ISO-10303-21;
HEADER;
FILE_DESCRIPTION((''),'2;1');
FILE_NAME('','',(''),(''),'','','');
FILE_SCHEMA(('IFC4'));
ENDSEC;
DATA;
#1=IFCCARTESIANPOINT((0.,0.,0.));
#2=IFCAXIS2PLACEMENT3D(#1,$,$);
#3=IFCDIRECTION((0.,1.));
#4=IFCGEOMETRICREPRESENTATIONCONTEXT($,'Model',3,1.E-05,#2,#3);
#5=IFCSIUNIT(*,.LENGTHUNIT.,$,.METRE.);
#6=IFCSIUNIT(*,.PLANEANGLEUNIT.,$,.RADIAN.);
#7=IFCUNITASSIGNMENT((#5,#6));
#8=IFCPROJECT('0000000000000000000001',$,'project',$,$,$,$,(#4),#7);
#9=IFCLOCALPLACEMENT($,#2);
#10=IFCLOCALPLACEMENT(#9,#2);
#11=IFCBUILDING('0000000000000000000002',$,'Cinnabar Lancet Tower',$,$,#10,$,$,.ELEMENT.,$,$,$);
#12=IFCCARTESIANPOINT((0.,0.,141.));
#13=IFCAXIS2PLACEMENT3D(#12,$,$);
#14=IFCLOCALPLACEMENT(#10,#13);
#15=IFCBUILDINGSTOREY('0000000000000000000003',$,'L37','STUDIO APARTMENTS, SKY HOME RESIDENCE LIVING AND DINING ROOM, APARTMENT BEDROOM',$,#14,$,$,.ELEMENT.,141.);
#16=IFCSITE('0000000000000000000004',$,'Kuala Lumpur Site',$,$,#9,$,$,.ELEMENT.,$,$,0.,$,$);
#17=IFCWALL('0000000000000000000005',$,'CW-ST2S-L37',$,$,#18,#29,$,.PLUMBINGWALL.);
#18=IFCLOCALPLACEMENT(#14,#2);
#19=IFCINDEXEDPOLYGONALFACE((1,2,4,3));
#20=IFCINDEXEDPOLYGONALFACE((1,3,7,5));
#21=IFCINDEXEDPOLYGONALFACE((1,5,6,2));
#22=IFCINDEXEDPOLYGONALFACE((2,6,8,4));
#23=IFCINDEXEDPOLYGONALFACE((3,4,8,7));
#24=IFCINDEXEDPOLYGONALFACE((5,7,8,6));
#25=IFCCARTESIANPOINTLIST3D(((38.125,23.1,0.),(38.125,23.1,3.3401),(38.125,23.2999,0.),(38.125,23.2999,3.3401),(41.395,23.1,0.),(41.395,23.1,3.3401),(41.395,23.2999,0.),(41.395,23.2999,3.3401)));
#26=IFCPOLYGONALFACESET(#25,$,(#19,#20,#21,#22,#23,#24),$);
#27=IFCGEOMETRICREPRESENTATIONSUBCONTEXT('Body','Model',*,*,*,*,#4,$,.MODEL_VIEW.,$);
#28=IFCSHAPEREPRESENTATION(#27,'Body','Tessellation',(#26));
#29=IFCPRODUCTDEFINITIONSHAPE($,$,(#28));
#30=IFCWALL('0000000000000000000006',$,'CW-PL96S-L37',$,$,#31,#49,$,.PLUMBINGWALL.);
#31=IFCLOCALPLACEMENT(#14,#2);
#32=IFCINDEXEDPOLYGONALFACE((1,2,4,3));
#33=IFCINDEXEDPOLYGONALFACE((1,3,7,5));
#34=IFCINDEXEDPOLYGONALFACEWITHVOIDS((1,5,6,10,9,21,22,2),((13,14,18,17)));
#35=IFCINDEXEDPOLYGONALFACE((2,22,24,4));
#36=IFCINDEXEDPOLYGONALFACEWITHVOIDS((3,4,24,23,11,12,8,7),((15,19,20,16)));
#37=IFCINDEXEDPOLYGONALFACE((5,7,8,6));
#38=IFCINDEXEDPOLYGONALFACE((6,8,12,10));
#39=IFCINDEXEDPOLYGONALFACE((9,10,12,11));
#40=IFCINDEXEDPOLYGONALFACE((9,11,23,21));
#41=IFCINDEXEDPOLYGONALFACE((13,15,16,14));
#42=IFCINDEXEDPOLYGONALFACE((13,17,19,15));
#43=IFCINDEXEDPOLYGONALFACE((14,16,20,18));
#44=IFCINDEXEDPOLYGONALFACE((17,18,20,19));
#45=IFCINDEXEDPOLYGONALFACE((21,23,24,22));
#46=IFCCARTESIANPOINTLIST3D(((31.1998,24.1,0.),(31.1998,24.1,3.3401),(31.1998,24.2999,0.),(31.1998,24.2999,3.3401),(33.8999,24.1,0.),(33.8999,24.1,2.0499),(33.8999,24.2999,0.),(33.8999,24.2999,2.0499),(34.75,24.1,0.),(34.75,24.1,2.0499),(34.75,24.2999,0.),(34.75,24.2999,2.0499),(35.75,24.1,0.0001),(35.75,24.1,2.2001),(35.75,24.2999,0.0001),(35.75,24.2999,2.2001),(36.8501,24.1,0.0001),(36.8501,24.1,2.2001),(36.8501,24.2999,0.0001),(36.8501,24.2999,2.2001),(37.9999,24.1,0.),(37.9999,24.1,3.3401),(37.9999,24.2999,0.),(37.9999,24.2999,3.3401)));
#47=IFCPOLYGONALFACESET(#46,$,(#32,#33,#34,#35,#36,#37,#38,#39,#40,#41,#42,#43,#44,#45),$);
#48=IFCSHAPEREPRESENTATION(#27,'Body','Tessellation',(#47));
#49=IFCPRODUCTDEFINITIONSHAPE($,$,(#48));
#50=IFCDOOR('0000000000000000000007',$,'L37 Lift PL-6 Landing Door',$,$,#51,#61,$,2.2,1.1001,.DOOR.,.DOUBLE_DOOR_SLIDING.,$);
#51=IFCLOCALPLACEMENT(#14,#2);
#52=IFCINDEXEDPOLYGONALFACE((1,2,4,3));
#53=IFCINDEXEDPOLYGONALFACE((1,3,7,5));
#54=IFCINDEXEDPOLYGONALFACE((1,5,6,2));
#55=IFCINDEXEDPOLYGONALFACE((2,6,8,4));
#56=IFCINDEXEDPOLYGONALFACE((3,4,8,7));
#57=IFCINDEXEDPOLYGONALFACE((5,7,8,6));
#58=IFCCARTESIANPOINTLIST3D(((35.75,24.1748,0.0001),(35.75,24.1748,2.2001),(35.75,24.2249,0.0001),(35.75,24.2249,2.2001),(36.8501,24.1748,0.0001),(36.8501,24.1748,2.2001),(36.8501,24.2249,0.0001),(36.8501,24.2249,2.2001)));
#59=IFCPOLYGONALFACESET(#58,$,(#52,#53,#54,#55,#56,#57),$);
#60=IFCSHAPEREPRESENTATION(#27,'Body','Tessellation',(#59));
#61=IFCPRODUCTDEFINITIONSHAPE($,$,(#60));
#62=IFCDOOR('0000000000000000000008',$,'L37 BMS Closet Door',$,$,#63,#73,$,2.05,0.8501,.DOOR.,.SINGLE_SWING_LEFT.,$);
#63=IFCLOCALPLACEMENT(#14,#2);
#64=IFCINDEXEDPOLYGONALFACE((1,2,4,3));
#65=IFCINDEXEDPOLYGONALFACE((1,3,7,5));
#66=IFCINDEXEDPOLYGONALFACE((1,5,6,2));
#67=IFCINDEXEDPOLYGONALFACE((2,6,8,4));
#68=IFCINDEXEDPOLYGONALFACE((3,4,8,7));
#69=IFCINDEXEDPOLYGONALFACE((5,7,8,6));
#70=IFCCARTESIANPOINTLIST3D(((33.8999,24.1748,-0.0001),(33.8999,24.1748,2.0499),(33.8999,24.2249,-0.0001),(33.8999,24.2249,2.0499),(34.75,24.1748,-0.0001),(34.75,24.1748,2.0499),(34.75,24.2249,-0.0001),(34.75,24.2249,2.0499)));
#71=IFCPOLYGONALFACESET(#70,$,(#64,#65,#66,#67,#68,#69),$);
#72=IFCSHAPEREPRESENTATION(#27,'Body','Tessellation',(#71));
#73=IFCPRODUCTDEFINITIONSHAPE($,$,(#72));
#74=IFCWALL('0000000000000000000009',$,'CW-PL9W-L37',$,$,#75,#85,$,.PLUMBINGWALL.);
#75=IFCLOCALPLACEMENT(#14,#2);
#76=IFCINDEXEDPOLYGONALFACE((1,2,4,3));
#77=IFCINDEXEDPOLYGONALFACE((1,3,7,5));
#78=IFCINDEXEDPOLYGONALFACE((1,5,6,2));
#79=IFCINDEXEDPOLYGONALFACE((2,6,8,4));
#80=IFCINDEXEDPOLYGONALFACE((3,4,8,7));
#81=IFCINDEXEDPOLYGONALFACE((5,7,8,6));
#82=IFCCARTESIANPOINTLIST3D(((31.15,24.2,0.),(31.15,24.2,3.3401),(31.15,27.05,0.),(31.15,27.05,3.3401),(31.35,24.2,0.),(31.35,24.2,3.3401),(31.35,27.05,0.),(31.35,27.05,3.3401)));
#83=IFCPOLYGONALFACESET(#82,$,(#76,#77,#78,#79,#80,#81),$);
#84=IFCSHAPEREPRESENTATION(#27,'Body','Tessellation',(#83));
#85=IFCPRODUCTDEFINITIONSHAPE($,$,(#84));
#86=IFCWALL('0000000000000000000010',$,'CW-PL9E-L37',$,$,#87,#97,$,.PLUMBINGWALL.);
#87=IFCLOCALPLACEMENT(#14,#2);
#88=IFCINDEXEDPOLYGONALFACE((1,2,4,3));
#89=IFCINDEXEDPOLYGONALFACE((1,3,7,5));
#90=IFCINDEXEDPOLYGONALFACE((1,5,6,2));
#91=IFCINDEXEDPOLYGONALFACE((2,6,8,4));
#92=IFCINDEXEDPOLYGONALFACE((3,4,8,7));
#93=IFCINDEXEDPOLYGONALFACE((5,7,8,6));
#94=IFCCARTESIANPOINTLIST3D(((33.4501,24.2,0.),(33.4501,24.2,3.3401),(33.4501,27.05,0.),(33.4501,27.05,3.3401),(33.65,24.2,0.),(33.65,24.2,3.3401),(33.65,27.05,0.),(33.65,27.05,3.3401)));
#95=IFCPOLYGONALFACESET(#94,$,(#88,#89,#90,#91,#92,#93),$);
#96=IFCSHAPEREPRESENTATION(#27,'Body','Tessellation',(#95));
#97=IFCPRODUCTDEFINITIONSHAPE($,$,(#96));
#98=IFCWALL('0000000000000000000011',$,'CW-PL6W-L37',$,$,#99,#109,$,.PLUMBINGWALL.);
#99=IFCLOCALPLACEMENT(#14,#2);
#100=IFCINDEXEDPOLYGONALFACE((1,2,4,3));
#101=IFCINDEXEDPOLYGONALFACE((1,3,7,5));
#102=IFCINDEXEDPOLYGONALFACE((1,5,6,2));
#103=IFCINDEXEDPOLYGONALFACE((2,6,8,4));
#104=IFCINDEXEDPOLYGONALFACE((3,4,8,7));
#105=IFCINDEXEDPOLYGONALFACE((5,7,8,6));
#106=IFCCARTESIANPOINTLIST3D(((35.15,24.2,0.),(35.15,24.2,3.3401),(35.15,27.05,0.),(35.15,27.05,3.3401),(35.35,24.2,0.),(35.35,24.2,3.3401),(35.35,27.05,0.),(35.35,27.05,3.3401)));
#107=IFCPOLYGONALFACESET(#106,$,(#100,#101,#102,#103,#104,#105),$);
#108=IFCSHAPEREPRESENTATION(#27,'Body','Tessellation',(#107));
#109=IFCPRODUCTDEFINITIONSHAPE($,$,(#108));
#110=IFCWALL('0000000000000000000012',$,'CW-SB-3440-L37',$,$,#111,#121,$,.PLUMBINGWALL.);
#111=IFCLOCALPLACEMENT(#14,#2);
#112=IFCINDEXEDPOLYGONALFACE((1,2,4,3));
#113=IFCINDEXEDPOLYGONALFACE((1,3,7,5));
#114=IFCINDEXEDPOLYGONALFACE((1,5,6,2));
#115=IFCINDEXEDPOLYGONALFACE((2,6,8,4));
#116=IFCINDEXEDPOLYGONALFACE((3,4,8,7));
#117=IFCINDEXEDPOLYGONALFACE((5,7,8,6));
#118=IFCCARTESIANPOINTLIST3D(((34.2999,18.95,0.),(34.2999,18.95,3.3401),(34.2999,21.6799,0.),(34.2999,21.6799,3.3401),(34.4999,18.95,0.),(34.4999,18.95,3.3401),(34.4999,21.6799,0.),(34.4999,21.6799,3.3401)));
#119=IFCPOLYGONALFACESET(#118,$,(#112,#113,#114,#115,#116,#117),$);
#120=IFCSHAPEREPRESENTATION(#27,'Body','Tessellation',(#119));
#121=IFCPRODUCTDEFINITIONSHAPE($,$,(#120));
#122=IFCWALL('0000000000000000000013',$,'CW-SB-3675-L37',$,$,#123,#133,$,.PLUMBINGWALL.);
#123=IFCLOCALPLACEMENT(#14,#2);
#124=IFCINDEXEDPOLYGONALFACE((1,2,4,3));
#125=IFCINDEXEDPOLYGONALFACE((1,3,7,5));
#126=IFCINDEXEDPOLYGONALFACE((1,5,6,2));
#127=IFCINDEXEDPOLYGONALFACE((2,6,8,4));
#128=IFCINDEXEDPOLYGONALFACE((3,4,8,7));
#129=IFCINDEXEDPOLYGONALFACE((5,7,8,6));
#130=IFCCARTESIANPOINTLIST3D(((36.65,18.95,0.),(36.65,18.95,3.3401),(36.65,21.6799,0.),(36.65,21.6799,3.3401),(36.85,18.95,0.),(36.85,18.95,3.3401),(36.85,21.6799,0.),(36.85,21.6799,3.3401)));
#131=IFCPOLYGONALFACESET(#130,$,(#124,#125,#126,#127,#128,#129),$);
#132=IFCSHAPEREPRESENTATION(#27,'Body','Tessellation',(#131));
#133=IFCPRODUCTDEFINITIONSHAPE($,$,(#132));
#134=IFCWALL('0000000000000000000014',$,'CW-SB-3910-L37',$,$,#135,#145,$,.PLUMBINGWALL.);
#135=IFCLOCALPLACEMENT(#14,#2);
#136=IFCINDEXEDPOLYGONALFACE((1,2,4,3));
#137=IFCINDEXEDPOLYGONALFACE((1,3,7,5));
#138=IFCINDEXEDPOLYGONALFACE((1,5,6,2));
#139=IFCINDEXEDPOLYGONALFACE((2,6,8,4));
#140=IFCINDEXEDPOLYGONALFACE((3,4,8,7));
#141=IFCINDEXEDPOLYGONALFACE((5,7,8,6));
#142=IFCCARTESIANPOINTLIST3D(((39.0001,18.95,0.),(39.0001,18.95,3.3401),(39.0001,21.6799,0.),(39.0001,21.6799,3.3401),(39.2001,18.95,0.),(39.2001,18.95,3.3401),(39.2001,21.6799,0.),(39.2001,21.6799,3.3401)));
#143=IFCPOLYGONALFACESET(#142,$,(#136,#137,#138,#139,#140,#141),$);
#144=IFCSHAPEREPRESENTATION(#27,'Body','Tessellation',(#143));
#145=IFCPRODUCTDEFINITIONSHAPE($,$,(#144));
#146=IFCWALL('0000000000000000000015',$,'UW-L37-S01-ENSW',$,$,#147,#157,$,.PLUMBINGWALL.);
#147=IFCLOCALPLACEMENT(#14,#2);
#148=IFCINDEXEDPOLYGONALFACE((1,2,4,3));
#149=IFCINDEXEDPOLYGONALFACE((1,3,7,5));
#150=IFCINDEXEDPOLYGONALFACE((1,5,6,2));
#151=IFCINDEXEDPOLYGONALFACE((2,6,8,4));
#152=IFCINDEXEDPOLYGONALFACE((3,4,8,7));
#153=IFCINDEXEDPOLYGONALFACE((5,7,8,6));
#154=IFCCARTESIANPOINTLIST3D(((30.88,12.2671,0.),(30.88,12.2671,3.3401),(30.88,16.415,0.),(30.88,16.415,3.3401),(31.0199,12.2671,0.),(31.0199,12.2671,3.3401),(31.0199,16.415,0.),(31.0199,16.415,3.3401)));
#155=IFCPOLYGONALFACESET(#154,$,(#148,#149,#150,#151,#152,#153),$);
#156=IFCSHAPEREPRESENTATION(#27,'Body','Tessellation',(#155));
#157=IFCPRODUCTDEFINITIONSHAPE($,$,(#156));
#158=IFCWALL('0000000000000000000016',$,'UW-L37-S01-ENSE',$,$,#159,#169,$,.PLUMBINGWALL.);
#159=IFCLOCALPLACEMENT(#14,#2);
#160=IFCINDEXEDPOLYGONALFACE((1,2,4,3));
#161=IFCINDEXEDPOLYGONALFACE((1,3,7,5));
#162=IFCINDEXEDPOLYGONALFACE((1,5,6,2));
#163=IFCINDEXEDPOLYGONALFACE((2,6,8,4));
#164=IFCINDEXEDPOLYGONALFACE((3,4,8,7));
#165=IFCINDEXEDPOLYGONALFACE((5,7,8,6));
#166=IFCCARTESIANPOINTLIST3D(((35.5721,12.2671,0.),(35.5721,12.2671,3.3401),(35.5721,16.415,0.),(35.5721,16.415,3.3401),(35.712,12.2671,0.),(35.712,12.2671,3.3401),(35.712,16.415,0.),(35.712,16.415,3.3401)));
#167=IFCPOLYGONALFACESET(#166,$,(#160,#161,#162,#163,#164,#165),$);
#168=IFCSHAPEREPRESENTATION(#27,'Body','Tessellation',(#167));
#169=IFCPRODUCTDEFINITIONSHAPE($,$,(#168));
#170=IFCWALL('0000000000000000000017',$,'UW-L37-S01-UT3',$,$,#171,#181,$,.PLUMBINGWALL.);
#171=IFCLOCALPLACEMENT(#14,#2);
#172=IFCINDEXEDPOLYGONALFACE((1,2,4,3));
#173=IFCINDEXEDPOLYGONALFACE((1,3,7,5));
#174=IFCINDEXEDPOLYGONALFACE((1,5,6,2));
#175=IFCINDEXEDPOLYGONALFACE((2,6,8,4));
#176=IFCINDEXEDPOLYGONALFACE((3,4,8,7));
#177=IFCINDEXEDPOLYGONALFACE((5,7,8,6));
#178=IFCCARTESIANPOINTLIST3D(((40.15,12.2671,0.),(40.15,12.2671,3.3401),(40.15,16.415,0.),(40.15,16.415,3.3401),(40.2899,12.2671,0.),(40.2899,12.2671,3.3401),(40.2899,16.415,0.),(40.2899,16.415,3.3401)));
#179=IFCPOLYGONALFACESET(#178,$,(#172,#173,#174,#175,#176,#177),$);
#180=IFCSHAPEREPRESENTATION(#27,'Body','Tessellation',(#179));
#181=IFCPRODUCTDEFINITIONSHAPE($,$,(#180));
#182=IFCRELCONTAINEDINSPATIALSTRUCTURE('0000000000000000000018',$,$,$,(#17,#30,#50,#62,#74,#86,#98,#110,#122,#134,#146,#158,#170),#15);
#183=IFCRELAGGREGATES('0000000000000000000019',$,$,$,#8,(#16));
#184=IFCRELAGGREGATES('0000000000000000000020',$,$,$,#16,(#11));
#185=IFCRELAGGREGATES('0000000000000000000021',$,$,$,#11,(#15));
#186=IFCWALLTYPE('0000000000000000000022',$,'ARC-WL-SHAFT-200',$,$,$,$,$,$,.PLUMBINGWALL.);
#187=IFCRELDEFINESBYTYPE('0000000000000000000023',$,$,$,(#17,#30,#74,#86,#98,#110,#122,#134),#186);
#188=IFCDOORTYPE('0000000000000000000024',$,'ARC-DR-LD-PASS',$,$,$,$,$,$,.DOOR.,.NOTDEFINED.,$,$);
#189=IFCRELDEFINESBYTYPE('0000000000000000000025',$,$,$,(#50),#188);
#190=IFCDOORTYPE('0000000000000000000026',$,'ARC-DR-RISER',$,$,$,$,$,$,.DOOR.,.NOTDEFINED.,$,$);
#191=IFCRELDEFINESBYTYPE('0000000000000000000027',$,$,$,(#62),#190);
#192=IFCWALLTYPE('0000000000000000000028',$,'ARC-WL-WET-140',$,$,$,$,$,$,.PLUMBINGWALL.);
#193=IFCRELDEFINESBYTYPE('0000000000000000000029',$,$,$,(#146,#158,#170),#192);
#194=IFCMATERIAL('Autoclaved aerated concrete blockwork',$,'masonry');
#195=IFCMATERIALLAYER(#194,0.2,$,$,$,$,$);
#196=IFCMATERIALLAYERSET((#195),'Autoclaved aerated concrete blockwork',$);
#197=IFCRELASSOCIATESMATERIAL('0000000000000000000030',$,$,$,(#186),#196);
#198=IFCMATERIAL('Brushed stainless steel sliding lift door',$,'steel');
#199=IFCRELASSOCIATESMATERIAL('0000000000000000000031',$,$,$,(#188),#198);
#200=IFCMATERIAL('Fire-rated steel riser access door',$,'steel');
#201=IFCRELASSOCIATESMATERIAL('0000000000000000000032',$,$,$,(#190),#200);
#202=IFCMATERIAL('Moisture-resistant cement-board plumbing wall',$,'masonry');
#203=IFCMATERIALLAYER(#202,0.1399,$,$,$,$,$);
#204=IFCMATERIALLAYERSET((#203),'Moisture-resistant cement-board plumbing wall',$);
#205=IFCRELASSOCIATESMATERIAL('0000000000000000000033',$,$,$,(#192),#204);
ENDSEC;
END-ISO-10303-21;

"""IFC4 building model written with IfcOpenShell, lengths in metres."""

from ifc_helpers import new_model, si_unit, direction, frame, frame_2d, origin, place, context, subcontext, project, spatial, rectangle, extrude, material, layer, layer_set, type_object, element, fill, save


model = new_model("IFC4")

# Units and contexts
model_context = context("Model", 3, precision=1e-05, world=origin(), true_north=direction((0.0, 1.0)))
body_context = subcontext(model_context, "Body", "Model", "MODEL_VIEW")
ifc_project = project(units=[si_unit("LENGTHUNIT", "METRE"), si_unit("PLANEANGLEUNIT", "RADIAN")], contexts=[model_context])

# Site, building, storey
site_placement = place(None, origin())
site = spatial("IfcSite", under=ifc_project, at=site_placement, Name="Kuala Lumpur Site", CompositionType="ELEMENT", RefElevation=0.0)
building_placement = place(site_placement, origin())
building = spatial("IfcBuilding", under=site, at=building_placement, Name="Cinnabar Lancet Tower", CompositionType="ELEMENT")
storey_placement = place(building_placement, frame((0.0, 0.0, 141.0)))
storey = spatial("IfcBuildingStorey", under=building, at=storey_placement, Name="L37", Description="STUDIO APARTMENTS, SKY HOME RESIDENCE LIVING AND DINING ROOM, APARTMENT BEDROOM", CompositionType="ELEMENT", Elevation=141.0)

# Wall
ifc_material_1 = material(Name="Autoclaved aerated concrete blockwork", Category="masonry")
ifc_layer_1 = layer(ifc_material_1, 0.2)
ifc_layer_set_1 = layer_set([ifc_layer_1], Name="Autoclaved aerated concrete blockwork")
wall_type_1 = type_object("IfcWallType", Name="ARC-WL-SHAFT-200", PredefinedType="PLUMBINGWALL", material=ifc_layer_set_1)
wall_1_placement = place(storey_placement, frame((38.125, 23.2, 0.0), z_axis=(0.0, 0.0, 1.0), x_axis=(1.0, 0.0, 0.0)))
element("IfcWall", 1, at=wall_1_placement, inside=storey, type_object=wall_type_1, Name="CW-ST2S-L37", PredefinedType="PLUMBINGWALL", context=body_context, shape_type="SweptSolid", body=[
    extrude(rectangle(XDim=3.27, YDim=0.2, at=frame_2d((1.635, 0.0))), origin(), (0.0, 0.0, 1.0), 3.3401),
])

# Wall, openings, doors
wall_2_placement = place(storey_placement, frame((31.2, 24.2, 0.0), z_axis=(0.0, 0.0, 1.0), x_axis=(1.0, 0.0, 0.0)))
wall_2 = element("IfcWall", 2, at=wall_2_placement, inside=storey, type_object=wall_type_1, Name="CW-PL96S-L37", PredefinedType="PLUMBINGWALL", context=body_context, shape_type="SweptSolid", body=[
    extrude(rectangle(XDim=6.8, YDim=0.2, at=frame_2d((3.3999, 0.0))), origin(), (0.0, 0.0, 1.0), 3.3401),
])
opening_1_placement = place(wall_2_placement, frame((2.7, 0.0, 0.0)))
opening_1 = element("IfcOpeningElement", 3, at=opening_1_placement, cuts=wall_2, PredefinedType="OPENING", context=body_context, shape_type="SweptSolid", body=[
    extrude(rectangle(XDim=0.8501, YDim=2.05, at=frame_2d((0.425, 1.0249))), frame((0.0, 0.1099, 0.0), z_axis=(0.0, -1.0, 0.0), x_axis=(1.0, 0.0, 0.0)), (0.0, 0.0, 1.0), 0.22),
])
opening_2_placement = place(wall_2_placement, frame((4.55, 0.0, 0.0)))
opening_2 = element("IfcOpeningElement", 4, at=opening_2_placement, cuts=wall_2, PredefinedType="OPENING", context=body_context, shape_type="SweptSolid", body=[
    extrude(rectangle(XDim=1.1001, YDim=2.2, at=frame_2d((0.55, 1.1001))), frame((0.0, 0.1099, 0.0), z_axis=(0.0, -1.0, 0.0), x_axis=(1.0, 0.0, 0.0)), (0.0, 0.0, 1.0), 0.22),
])
ifc_material_2 = material(Name="Brushed stainless steel sliding lift door", Category="steel")
door_type_1 = type_object("IfcDoorType", Name="ARC-DR-LD-PASS", OperationType="NOTDEFINED", PredefinedType="DOOR", material=ifc_material_2)
door_1_placement = place(opening_2_placement, origin())
door_1 = element("IfcDoor", 5, at=door_1_placement, inside=storey, type_object=door_type_1, Name="L37 Lift PL-6 Landing Door", OperationType="DOUBLE_DOOR_SLIDING", OverallHeight=2.2, OverallWidth=1.1001, PredefinedType="DOOR", context=body_context, shape_type="SweptSolid", body=[
    extrude(rectangle(XDim=1.1001, YDim=2.2, at=frame_2d((0.55, 1.1001))), frame((0.0, 0.0249, 0.0), z_axis=(0.0, -1.0, 0.0), x_axis=(1.0, 0.0, 0.0)), (0.0, 0.0, 1.0), 0.05),
])
fill(opening_2, door_1)
ifc_material_3 = material(Name="Fire-rated steel riser access door", Category="steel")
door_type_2 = type_object("IfcDoorType", Name="ARC-DR-RISER", OperationType="NOTDEFINED", PredefinedType="DOOR", material=ifc_material_3)
door_2_placement = place(opening_1_placement, origin())
door_2 = element("IfcDoor", 6, at=door_2_placement, inside=storey, type_object=door_type_2, Name="L37 BMS Closet Door", OperationType="SINGLE_SWING_LEFT", OverallHeight=2.05, OverallWidth=0.8501, PredefinedType="DOOR", context=body_context, shape_type="SweptSolid", body=[
    extrude(rectangle(XDim=0.8501, YDim=2.05, at=frame_2d((0.425, 1.0249))), frame((0.0, 0.0249, 0.0), z_axis=(0.0, -1.0, 0.0), x_axis=(1.0, 0.0, 0.0)), (0.0, 0.0, 1.0), 0.05),
])
fill(opening_1, door_2)

# Walls
for number, where, z_axis, x_axis, name in (
    (7, (31.25, 24.2, 0.0), (0.0, 0.0, 1.0), (0.0, 1.0, 0.0), "CW-PL9W-L37"),
    (8, (33.55, 24.2, 0.0), (0.0, 0.0, 1.0), (0.0, 1.0, 0.0), "CW-PL9E-L37"),
    (9, (35.25, 24.2, 0.0), (0.0, 0.0, 1.0), (0.0, 1.0, 0.0), "CW-PL6W-L37"),
):
    element("IfcWall", number, at=place(storey_placement, frame(where, z_axis=z_axis, x_axis=x_axis)), inside=storey, type_object=wall_type_1, Name=name, PredefinedType="PLUMBINGWALL", context=body_context, shape_type="SweptSolid", body=[
        extrude(rectangle(XDim=2.8501, YDim=0.2, at=frame_2d((1.425, 0.0))), origin(), (0.0, 0.0, 1.0), 3.3401),
    ])
for number, where, z_axis, x_axis, name in (
    (10, (34.3999, 18.95, 0.0), (0.0, 0.0, 1.0), (0.0, 1.0, 0.0), "CW-SB-3440-L37"),
    (11, (36.75, 18.95, 0.0), (0.0, 0.0, 1.0), (0.0, 1.0, 0.0), "CW-SB-3675-L37"),
    (12, (39.1001, 18.95, 0.0), (0.0, 0.0, 1.0), (0.0, 1.0, 0.0), "CW-SB-3910-L37"),
):
    element("IfcWall", number, at=place(storey_placement, frame(where, z_axis=z_axis, x_axis=x_axis)), inside=storey, type_object=wall_type_1, Name=name, PredefinedType="PLUMBINGWALL", context=body_context, shape_type="SweptSolid", body=[
        extrude(rectangle(XDim=2.73, YDim=0.2, at=frame_2d((1.365, 0.0))), origin(), (0.0, 0.0, 1.0), 3.3401),
    ])
ifc_material_4 = material(Name="Moisture-resistant cement-board plumbing wall", Category="masonry")
ifc_layer_2 = layer(ifc_material_4, 0.1399)
ifc_layer_set_2 = layer_set([ifc_layer_2], Name="Moisture-resistant cement-board plumbing wall")
wall_type_2 = type_object("IfcWallType", Name="ARC-WL-WET-140", PredefinedType="PLUMBINGWALL", material=ifc_layer_set_2)
for number, where, z_axis, x_axis, name in (
    (13, (30.95, 12.2671, 0.0), (0.0, 0.0, 1.0), (0.0, 1.0, 0.0), "UW-L37-S01-ENSW"),
    (14, (35.6421, 12.2671, 0.0), (0.0, 0.0, 1.0), (0.0, 1.0, 0.0), "UW-L37-S01-ENSE"),
    (15, (40.22, 12.2671, 0.0), (0.0, 0.0, 1.0), (0.0, 1.0, 0.0), "UW-L37-S01-UT3"),
):
    element("IfcWall", number, at=place(storey_placement, frame(where, z_axis=z_axis, x_axis=x_axis)), inside=storey, type_object=wall_type_2, Name=name, PredefinedType="PLUMBINGWALL", context=body_context, shape_type="SweptSolid", body=[
        extrude(rectangle(XDim=4.1479, YDim=0.1399, at=frame_2d((2.074, 0.0))), origin(), (0.0, 0.0, 1.0), 3.3401),
    ])

save(model, "model.ifc")
